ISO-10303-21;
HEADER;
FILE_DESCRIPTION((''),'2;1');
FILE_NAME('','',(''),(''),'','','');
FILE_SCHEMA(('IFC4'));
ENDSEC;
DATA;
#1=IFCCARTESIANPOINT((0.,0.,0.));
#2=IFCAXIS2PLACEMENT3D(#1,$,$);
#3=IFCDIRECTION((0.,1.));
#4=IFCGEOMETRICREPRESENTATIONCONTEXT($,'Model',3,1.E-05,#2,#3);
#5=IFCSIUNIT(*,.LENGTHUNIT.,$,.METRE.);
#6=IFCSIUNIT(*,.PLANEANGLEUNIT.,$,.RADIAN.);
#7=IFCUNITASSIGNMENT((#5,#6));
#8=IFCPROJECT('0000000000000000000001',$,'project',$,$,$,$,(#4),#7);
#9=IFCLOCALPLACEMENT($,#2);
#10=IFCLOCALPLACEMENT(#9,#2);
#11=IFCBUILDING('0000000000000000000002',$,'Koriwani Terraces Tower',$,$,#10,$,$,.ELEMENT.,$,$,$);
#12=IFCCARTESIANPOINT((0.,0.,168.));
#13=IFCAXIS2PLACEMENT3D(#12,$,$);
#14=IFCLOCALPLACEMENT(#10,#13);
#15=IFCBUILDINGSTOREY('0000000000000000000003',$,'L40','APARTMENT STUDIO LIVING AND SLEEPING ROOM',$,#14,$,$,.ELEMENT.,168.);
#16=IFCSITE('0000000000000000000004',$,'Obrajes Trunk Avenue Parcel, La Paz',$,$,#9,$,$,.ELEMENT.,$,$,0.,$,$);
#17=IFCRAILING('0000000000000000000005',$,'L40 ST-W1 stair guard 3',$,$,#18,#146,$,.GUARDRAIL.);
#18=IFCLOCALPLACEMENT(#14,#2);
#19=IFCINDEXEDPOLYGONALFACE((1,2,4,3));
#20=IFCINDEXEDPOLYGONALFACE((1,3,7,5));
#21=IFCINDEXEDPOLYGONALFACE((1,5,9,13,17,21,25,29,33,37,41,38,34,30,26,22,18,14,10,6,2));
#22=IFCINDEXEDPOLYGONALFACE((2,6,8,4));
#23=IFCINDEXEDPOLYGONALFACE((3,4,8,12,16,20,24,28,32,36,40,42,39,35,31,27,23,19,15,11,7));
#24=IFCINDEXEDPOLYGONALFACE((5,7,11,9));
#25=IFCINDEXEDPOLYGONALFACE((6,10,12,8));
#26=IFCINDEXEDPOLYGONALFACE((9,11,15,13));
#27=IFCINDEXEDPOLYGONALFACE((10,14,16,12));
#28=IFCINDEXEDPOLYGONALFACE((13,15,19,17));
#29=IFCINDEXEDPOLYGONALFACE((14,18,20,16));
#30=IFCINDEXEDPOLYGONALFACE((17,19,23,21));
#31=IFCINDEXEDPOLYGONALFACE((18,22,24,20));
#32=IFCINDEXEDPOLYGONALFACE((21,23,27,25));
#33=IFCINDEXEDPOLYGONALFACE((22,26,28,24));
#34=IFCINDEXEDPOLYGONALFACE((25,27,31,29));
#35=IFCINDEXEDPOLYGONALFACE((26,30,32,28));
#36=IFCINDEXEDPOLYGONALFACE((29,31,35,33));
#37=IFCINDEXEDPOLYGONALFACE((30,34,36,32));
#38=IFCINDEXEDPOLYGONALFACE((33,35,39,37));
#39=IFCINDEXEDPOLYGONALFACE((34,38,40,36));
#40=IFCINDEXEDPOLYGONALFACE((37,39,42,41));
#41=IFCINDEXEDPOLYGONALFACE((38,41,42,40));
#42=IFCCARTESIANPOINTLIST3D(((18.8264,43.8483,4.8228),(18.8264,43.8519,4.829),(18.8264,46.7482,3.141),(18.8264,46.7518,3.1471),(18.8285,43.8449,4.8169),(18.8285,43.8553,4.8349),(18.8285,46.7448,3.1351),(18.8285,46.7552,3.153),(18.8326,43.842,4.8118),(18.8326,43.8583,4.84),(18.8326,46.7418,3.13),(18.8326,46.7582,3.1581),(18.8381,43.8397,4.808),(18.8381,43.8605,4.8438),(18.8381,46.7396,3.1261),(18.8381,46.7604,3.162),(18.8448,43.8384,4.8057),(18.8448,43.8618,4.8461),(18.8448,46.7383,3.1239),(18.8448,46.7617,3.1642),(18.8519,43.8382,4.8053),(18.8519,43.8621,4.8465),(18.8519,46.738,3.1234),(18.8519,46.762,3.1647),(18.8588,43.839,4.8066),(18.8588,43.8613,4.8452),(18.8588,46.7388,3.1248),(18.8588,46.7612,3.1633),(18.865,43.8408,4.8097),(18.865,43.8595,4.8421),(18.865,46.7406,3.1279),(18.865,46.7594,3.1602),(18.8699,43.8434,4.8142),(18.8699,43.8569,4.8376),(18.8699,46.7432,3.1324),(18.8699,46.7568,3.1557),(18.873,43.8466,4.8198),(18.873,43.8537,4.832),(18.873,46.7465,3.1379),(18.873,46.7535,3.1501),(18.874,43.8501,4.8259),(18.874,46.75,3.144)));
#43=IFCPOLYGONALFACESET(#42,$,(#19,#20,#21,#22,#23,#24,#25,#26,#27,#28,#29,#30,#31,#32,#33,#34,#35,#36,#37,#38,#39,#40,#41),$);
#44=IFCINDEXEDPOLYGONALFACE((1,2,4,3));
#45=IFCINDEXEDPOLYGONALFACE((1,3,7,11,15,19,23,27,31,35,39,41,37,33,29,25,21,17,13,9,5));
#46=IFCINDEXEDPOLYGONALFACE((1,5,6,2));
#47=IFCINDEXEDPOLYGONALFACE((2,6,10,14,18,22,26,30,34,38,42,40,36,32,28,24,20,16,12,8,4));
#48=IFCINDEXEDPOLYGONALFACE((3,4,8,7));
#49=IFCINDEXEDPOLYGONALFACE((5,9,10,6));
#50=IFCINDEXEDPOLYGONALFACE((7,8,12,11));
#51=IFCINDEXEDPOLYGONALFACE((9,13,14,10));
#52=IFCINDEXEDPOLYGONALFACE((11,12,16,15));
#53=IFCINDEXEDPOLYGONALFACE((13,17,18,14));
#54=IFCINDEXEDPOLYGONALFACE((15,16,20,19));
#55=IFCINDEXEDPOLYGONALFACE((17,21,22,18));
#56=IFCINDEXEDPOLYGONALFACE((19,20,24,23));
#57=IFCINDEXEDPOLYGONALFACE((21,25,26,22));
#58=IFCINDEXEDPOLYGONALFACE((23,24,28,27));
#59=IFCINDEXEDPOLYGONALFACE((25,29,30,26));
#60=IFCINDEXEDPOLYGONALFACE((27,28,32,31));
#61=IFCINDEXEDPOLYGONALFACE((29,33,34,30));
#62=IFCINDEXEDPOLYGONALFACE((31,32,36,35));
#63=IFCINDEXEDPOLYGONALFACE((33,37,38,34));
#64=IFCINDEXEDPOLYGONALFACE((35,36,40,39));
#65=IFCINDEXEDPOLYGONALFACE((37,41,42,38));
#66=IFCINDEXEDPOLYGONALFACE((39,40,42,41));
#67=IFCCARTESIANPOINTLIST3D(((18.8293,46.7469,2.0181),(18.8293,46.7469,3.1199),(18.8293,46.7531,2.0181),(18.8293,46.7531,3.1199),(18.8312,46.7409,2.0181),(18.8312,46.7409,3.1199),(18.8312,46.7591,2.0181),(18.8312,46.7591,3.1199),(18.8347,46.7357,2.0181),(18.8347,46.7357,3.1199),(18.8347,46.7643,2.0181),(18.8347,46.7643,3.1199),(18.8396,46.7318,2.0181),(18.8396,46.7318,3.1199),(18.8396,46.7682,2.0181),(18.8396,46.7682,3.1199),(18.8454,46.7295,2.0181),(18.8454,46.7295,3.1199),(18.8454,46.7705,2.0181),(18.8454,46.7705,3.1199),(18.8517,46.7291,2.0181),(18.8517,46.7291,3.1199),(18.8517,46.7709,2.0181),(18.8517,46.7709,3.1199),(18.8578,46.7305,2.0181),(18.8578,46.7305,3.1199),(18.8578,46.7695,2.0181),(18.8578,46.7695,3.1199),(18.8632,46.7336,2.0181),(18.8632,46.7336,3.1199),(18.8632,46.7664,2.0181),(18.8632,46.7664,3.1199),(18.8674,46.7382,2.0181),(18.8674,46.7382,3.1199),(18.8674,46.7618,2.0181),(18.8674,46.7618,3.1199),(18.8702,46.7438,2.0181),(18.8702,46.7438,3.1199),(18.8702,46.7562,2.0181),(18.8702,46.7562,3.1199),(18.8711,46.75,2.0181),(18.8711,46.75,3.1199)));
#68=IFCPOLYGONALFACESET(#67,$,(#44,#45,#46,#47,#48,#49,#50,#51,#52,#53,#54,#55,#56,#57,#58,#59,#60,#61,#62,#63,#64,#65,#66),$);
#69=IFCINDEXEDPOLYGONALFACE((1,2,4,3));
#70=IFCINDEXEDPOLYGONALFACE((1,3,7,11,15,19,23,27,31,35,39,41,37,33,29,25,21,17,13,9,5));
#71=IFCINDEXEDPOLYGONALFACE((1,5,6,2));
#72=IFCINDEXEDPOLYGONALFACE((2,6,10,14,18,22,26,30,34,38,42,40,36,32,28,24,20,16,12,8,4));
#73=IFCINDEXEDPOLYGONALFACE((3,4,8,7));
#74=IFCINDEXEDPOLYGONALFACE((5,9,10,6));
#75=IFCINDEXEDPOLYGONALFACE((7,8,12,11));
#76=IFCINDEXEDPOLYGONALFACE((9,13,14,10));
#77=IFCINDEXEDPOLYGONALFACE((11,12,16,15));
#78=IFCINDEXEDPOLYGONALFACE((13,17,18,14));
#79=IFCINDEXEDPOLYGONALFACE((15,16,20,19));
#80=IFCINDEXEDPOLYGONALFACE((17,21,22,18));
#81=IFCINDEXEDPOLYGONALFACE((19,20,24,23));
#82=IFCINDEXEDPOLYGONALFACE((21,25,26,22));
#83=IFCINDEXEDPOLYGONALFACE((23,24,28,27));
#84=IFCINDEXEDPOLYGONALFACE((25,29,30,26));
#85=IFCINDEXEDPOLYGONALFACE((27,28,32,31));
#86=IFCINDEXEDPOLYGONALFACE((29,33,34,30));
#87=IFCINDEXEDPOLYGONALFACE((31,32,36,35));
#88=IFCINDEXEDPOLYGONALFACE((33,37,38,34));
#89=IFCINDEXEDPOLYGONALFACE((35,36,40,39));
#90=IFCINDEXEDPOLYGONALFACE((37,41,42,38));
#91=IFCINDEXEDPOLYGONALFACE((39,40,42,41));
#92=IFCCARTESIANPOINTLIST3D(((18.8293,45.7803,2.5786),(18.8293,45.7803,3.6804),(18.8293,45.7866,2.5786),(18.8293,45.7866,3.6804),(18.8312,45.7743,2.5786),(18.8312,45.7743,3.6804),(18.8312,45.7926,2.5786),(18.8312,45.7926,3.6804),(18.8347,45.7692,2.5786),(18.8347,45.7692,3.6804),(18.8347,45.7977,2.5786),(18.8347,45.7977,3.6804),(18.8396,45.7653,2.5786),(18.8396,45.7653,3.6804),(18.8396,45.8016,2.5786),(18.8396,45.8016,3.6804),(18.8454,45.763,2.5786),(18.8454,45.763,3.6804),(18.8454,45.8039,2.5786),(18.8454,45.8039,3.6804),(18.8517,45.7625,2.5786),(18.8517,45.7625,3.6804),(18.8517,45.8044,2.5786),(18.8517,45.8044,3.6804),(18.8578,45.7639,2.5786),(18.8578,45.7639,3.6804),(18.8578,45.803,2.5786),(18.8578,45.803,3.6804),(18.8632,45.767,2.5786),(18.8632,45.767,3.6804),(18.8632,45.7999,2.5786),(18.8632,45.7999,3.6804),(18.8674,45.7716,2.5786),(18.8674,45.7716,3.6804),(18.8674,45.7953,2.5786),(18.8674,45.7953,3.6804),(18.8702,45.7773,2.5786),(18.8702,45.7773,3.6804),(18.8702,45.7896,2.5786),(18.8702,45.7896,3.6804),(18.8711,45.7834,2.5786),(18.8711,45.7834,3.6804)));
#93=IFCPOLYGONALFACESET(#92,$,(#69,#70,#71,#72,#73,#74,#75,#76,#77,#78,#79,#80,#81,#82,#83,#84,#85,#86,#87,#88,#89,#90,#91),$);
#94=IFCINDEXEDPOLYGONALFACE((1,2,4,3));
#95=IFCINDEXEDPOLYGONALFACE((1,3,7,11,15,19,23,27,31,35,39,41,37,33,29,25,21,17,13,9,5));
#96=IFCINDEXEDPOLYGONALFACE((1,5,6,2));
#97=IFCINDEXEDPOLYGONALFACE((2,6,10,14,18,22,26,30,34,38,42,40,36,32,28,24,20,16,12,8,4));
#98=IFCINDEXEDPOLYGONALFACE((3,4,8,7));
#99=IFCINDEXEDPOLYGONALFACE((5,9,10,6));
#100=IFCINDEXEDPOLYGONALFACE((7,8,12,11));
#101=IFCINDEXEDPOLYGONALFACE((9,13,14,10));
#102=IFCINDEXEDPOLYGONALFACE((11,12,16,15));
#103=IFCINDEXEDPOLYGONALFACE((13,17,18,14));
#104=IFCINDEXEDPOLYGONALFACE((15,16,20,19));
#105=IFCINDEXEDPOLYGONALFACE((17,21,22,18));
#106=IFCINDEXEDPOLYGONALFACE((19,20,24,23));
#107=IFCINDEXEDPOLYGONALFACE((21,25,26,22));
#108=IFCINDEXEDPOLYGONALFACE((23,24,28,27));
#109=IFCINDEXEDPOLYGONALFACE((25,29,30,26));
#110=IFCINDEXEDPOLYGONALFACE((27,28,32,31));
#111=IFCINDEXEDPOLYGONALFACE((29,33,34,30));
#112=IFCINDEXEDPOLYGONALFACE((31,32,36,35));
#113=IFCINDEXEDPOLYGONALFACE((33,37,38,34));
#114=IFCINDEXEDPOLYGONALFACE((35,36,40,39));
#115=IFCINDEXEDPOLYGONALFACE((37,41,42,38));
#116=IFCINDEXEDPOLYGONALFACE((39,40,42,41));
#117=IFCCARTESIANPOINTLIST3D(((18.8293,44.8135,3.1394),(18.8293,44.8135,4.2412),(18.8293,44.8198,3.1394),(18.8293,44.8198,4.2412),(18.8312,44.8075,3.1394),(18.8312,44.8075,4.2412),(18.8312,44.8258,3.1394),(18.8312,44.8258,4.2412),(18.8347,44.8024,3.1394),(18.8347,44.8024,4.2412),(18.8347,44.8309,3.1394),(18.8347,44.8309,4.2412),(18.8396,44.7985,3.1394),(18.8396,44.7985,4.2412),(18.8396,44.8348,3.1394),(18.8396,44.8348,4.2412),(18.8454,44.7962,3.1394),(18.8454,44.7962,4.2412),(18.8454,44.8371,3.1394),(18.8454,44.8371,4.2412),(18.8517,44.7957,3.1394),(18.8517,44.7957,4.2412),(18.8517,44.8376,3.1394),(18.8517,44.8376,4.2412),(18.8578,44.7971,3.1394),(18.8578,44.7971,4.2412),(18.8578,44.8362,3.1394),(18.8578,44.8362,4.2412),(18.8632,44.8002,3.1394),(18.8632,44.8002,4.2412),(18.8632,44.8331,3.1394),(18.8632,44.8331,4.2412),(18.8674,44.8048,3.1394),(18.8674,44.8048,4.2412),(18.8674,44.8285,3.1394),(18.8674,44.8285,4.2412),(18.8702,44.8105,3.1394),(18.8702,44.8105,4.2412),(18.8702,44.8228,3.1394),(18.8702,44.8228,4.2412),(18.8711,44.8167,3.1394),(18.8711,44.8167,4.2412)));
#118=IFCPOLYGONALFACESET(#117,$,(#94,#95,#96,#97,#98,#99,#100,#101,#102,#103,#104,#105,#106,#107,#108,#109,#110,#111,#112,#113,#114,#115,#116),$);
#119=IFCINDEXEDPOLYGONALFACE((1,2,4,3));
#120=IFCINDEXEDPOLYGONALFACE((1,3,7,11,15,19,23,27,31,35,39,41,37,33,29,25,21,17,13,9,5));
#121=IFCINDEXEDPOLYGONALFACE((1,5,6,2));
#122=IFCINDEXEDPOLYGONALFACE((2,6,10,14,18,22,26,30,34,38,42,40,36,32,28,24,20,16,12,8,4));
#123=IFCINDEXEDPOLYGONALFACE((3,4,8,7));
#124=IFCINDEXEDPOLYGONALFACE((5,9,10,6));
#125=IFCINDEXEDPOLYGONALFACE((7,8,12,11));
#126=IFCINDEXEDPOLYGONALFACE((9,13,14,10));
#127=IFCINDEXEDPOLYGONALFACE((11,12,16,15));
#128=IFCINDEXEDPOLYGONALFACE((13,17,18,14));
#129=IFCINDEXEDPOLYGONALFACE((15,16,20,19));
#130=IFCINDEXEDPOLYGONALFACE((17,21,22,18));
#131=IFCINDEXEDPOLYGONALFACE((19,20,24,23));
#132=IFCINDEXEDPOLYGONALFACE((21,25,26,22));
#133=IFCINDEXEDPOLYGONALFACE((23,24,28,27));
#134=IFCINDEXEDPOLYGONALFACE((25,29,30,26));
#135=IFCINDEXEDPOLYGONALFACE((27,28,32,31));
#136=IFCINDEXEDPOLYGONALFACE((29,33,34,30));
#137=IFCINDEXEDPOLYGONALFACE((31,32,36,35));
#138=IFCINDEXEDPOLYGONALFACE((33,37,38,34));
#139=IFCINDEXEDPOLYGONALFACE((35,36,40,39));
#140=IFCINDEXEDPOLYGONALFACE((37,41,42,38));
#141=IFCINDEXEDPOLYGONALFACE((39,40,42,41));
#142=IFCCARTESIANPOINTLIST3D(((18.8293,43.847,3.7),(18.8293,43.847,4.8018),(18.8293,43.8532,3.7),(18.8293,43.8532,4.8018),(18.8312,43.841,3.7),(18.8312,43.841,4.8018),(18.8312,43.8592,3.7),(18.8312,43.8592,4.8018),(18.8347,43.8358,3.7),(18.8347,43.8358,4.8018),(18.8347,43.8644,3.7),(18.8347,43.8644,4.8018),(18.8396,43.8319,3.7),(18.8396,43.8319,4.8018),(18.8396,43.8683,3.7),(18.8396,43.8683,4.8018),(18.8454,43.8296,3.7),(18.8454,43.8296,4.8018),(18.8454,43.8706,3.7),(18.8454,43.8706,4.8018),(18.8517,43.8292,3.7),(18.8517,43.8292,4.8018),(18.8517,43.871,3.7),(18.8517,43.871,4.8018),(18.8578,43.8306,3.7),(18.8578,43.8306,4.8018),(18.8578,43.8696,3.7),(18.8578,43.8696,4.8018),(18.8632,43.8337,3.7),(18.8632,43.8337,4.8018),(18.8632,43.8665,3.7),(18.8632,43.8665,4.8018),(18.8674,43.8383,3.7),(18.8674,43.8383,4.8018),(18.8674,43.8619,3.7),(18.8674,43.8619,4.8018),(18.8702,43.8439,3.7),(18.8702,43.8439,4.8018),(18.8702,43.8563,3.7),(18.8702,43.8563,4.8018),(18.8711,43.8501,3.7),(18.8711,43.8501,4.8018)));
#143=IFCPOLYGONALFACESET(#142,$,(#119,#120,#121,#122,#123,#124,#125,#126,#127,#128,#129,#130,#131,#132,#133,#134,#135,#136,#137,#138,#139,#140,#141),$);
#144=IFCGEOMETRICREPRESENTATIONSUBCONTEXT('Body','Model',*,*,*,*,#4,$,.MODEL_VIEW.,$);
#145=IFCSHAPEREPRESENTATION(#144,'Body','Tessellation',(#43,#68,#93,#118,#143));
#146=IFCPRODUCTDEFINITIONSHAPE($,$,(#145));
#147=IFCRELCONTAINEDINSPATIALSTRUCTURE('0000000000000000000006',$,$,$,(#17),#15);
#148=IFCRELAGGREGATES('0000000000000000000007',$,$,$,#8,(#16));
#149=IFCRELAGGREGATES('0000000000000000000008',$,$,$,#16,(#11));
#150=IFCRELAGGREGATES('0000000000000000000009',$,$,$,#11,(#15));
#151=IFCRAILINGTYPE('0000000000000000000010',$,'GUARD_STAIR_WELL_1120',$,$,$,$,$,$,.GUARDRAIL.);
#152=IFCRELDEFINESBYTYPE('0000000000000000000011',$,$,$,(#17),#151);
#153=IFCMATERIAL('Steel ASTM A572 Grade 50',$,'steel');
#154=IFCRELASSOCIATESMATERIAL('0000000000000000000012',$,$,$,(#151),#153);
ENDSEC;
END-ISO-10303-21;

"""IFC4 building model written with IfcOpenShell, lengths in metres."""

from ifc_helpers import new_model, si_unit, direction, frame, origin, origin_2d, place, context, subcontext, project, spatial, circle, extrude, material, type_object, element, save


model = new_model("IFC4")

# Units and contexts
model_context = context("Model", 3, precision=1e-05, world=origin(), true_north=direction((0.0, 1.0)))
body_context = subcontext(model_context, "Body", "Model", "MODEL_VIEW")
ifc_project = project(units=[si_unit("LENGTHUNIT", "METRE"), si_unit("PLANEANGLEUNIT", "RADIAN")], contexts=[model_context])

# Site, building, storey
site_placement = place(None, origin())
site = spatial("IfcSite", under=ifc_project, at=site_placement, Name="Obrajes Trunk Avenue Parcel, La Paz", CompositionType="ELEMENT", RefElevation=0.0)
building_placement = place(site_placement, origin())
building = spatial("IfcBuilding", under=site, at=building_placement, Name="Koriwani Terraces Tower", CompositionType="ELEMENT")
storey_placement = place(building_placement, frame((0.0, 0.0, 168.0)))
storey = spatial("IfcBuildingStorey", under=building, at=storey_placement, Name="L40", Description="APARTMENT STUDIO LIVING AND SLEEPING ROOM", CompositionType="ELEMENT", Elevation=168.0)

# Shared definitions
ifc_material_1 = material(Name="Steel ASTM A572 Grade 50", Category="steel")

# Railing
railing_type_1 = type_object("IfcRailingType", Name="GUARD_STAIR_WELL_1120", PredefinedType="GUARDRAIL", material=ifc_material_1)
railing_1_placement = place(storey_placement, frame((18.8501, 46.75, 2.0181)))
element("IfcRailing", 1, at=railing_1_placement, inside=storey, type_object=railing_type_1, Name="L40 ST-W1 stair guard 3", PredefinedType="GUARDRAIL", context=body_context, shape_type="SweptSolid", body=[
    extrude(circle(Radius=0.0239, at=origin_2d()), frame((0.0, 0.0, 1.126), z_axis=(0.0, -0.865039, 0.501705), x_axis=(1.0, 0.0, 0.0)), (0.0, 0.0, 1.0), 3.3523),
    extrude(circle(Radius=0.021, at=origin_2d()), origin(), (0.0, 0.0, 1.0), 1.1018),
    extrude(circle(Radius=0.021, at=origin_2d()), frame((0.0, -0.9666, 0.5605)), (0.0, 0.0, 1.0), 1.1018),
    extrude(circle(Radius=0.021, at=origin_2d()), frame((0.0, -1.9333, 1.1213)), (0.0, 0.0, 1.0), 1.1018),
    extrude(circle(Radius=0.021, at=origin_2d()), frame((0.0, -2.8999, 1.6819)), (0.0, 0.0, 1.0), 1.1018),
])

save(model, "model.ifc")
